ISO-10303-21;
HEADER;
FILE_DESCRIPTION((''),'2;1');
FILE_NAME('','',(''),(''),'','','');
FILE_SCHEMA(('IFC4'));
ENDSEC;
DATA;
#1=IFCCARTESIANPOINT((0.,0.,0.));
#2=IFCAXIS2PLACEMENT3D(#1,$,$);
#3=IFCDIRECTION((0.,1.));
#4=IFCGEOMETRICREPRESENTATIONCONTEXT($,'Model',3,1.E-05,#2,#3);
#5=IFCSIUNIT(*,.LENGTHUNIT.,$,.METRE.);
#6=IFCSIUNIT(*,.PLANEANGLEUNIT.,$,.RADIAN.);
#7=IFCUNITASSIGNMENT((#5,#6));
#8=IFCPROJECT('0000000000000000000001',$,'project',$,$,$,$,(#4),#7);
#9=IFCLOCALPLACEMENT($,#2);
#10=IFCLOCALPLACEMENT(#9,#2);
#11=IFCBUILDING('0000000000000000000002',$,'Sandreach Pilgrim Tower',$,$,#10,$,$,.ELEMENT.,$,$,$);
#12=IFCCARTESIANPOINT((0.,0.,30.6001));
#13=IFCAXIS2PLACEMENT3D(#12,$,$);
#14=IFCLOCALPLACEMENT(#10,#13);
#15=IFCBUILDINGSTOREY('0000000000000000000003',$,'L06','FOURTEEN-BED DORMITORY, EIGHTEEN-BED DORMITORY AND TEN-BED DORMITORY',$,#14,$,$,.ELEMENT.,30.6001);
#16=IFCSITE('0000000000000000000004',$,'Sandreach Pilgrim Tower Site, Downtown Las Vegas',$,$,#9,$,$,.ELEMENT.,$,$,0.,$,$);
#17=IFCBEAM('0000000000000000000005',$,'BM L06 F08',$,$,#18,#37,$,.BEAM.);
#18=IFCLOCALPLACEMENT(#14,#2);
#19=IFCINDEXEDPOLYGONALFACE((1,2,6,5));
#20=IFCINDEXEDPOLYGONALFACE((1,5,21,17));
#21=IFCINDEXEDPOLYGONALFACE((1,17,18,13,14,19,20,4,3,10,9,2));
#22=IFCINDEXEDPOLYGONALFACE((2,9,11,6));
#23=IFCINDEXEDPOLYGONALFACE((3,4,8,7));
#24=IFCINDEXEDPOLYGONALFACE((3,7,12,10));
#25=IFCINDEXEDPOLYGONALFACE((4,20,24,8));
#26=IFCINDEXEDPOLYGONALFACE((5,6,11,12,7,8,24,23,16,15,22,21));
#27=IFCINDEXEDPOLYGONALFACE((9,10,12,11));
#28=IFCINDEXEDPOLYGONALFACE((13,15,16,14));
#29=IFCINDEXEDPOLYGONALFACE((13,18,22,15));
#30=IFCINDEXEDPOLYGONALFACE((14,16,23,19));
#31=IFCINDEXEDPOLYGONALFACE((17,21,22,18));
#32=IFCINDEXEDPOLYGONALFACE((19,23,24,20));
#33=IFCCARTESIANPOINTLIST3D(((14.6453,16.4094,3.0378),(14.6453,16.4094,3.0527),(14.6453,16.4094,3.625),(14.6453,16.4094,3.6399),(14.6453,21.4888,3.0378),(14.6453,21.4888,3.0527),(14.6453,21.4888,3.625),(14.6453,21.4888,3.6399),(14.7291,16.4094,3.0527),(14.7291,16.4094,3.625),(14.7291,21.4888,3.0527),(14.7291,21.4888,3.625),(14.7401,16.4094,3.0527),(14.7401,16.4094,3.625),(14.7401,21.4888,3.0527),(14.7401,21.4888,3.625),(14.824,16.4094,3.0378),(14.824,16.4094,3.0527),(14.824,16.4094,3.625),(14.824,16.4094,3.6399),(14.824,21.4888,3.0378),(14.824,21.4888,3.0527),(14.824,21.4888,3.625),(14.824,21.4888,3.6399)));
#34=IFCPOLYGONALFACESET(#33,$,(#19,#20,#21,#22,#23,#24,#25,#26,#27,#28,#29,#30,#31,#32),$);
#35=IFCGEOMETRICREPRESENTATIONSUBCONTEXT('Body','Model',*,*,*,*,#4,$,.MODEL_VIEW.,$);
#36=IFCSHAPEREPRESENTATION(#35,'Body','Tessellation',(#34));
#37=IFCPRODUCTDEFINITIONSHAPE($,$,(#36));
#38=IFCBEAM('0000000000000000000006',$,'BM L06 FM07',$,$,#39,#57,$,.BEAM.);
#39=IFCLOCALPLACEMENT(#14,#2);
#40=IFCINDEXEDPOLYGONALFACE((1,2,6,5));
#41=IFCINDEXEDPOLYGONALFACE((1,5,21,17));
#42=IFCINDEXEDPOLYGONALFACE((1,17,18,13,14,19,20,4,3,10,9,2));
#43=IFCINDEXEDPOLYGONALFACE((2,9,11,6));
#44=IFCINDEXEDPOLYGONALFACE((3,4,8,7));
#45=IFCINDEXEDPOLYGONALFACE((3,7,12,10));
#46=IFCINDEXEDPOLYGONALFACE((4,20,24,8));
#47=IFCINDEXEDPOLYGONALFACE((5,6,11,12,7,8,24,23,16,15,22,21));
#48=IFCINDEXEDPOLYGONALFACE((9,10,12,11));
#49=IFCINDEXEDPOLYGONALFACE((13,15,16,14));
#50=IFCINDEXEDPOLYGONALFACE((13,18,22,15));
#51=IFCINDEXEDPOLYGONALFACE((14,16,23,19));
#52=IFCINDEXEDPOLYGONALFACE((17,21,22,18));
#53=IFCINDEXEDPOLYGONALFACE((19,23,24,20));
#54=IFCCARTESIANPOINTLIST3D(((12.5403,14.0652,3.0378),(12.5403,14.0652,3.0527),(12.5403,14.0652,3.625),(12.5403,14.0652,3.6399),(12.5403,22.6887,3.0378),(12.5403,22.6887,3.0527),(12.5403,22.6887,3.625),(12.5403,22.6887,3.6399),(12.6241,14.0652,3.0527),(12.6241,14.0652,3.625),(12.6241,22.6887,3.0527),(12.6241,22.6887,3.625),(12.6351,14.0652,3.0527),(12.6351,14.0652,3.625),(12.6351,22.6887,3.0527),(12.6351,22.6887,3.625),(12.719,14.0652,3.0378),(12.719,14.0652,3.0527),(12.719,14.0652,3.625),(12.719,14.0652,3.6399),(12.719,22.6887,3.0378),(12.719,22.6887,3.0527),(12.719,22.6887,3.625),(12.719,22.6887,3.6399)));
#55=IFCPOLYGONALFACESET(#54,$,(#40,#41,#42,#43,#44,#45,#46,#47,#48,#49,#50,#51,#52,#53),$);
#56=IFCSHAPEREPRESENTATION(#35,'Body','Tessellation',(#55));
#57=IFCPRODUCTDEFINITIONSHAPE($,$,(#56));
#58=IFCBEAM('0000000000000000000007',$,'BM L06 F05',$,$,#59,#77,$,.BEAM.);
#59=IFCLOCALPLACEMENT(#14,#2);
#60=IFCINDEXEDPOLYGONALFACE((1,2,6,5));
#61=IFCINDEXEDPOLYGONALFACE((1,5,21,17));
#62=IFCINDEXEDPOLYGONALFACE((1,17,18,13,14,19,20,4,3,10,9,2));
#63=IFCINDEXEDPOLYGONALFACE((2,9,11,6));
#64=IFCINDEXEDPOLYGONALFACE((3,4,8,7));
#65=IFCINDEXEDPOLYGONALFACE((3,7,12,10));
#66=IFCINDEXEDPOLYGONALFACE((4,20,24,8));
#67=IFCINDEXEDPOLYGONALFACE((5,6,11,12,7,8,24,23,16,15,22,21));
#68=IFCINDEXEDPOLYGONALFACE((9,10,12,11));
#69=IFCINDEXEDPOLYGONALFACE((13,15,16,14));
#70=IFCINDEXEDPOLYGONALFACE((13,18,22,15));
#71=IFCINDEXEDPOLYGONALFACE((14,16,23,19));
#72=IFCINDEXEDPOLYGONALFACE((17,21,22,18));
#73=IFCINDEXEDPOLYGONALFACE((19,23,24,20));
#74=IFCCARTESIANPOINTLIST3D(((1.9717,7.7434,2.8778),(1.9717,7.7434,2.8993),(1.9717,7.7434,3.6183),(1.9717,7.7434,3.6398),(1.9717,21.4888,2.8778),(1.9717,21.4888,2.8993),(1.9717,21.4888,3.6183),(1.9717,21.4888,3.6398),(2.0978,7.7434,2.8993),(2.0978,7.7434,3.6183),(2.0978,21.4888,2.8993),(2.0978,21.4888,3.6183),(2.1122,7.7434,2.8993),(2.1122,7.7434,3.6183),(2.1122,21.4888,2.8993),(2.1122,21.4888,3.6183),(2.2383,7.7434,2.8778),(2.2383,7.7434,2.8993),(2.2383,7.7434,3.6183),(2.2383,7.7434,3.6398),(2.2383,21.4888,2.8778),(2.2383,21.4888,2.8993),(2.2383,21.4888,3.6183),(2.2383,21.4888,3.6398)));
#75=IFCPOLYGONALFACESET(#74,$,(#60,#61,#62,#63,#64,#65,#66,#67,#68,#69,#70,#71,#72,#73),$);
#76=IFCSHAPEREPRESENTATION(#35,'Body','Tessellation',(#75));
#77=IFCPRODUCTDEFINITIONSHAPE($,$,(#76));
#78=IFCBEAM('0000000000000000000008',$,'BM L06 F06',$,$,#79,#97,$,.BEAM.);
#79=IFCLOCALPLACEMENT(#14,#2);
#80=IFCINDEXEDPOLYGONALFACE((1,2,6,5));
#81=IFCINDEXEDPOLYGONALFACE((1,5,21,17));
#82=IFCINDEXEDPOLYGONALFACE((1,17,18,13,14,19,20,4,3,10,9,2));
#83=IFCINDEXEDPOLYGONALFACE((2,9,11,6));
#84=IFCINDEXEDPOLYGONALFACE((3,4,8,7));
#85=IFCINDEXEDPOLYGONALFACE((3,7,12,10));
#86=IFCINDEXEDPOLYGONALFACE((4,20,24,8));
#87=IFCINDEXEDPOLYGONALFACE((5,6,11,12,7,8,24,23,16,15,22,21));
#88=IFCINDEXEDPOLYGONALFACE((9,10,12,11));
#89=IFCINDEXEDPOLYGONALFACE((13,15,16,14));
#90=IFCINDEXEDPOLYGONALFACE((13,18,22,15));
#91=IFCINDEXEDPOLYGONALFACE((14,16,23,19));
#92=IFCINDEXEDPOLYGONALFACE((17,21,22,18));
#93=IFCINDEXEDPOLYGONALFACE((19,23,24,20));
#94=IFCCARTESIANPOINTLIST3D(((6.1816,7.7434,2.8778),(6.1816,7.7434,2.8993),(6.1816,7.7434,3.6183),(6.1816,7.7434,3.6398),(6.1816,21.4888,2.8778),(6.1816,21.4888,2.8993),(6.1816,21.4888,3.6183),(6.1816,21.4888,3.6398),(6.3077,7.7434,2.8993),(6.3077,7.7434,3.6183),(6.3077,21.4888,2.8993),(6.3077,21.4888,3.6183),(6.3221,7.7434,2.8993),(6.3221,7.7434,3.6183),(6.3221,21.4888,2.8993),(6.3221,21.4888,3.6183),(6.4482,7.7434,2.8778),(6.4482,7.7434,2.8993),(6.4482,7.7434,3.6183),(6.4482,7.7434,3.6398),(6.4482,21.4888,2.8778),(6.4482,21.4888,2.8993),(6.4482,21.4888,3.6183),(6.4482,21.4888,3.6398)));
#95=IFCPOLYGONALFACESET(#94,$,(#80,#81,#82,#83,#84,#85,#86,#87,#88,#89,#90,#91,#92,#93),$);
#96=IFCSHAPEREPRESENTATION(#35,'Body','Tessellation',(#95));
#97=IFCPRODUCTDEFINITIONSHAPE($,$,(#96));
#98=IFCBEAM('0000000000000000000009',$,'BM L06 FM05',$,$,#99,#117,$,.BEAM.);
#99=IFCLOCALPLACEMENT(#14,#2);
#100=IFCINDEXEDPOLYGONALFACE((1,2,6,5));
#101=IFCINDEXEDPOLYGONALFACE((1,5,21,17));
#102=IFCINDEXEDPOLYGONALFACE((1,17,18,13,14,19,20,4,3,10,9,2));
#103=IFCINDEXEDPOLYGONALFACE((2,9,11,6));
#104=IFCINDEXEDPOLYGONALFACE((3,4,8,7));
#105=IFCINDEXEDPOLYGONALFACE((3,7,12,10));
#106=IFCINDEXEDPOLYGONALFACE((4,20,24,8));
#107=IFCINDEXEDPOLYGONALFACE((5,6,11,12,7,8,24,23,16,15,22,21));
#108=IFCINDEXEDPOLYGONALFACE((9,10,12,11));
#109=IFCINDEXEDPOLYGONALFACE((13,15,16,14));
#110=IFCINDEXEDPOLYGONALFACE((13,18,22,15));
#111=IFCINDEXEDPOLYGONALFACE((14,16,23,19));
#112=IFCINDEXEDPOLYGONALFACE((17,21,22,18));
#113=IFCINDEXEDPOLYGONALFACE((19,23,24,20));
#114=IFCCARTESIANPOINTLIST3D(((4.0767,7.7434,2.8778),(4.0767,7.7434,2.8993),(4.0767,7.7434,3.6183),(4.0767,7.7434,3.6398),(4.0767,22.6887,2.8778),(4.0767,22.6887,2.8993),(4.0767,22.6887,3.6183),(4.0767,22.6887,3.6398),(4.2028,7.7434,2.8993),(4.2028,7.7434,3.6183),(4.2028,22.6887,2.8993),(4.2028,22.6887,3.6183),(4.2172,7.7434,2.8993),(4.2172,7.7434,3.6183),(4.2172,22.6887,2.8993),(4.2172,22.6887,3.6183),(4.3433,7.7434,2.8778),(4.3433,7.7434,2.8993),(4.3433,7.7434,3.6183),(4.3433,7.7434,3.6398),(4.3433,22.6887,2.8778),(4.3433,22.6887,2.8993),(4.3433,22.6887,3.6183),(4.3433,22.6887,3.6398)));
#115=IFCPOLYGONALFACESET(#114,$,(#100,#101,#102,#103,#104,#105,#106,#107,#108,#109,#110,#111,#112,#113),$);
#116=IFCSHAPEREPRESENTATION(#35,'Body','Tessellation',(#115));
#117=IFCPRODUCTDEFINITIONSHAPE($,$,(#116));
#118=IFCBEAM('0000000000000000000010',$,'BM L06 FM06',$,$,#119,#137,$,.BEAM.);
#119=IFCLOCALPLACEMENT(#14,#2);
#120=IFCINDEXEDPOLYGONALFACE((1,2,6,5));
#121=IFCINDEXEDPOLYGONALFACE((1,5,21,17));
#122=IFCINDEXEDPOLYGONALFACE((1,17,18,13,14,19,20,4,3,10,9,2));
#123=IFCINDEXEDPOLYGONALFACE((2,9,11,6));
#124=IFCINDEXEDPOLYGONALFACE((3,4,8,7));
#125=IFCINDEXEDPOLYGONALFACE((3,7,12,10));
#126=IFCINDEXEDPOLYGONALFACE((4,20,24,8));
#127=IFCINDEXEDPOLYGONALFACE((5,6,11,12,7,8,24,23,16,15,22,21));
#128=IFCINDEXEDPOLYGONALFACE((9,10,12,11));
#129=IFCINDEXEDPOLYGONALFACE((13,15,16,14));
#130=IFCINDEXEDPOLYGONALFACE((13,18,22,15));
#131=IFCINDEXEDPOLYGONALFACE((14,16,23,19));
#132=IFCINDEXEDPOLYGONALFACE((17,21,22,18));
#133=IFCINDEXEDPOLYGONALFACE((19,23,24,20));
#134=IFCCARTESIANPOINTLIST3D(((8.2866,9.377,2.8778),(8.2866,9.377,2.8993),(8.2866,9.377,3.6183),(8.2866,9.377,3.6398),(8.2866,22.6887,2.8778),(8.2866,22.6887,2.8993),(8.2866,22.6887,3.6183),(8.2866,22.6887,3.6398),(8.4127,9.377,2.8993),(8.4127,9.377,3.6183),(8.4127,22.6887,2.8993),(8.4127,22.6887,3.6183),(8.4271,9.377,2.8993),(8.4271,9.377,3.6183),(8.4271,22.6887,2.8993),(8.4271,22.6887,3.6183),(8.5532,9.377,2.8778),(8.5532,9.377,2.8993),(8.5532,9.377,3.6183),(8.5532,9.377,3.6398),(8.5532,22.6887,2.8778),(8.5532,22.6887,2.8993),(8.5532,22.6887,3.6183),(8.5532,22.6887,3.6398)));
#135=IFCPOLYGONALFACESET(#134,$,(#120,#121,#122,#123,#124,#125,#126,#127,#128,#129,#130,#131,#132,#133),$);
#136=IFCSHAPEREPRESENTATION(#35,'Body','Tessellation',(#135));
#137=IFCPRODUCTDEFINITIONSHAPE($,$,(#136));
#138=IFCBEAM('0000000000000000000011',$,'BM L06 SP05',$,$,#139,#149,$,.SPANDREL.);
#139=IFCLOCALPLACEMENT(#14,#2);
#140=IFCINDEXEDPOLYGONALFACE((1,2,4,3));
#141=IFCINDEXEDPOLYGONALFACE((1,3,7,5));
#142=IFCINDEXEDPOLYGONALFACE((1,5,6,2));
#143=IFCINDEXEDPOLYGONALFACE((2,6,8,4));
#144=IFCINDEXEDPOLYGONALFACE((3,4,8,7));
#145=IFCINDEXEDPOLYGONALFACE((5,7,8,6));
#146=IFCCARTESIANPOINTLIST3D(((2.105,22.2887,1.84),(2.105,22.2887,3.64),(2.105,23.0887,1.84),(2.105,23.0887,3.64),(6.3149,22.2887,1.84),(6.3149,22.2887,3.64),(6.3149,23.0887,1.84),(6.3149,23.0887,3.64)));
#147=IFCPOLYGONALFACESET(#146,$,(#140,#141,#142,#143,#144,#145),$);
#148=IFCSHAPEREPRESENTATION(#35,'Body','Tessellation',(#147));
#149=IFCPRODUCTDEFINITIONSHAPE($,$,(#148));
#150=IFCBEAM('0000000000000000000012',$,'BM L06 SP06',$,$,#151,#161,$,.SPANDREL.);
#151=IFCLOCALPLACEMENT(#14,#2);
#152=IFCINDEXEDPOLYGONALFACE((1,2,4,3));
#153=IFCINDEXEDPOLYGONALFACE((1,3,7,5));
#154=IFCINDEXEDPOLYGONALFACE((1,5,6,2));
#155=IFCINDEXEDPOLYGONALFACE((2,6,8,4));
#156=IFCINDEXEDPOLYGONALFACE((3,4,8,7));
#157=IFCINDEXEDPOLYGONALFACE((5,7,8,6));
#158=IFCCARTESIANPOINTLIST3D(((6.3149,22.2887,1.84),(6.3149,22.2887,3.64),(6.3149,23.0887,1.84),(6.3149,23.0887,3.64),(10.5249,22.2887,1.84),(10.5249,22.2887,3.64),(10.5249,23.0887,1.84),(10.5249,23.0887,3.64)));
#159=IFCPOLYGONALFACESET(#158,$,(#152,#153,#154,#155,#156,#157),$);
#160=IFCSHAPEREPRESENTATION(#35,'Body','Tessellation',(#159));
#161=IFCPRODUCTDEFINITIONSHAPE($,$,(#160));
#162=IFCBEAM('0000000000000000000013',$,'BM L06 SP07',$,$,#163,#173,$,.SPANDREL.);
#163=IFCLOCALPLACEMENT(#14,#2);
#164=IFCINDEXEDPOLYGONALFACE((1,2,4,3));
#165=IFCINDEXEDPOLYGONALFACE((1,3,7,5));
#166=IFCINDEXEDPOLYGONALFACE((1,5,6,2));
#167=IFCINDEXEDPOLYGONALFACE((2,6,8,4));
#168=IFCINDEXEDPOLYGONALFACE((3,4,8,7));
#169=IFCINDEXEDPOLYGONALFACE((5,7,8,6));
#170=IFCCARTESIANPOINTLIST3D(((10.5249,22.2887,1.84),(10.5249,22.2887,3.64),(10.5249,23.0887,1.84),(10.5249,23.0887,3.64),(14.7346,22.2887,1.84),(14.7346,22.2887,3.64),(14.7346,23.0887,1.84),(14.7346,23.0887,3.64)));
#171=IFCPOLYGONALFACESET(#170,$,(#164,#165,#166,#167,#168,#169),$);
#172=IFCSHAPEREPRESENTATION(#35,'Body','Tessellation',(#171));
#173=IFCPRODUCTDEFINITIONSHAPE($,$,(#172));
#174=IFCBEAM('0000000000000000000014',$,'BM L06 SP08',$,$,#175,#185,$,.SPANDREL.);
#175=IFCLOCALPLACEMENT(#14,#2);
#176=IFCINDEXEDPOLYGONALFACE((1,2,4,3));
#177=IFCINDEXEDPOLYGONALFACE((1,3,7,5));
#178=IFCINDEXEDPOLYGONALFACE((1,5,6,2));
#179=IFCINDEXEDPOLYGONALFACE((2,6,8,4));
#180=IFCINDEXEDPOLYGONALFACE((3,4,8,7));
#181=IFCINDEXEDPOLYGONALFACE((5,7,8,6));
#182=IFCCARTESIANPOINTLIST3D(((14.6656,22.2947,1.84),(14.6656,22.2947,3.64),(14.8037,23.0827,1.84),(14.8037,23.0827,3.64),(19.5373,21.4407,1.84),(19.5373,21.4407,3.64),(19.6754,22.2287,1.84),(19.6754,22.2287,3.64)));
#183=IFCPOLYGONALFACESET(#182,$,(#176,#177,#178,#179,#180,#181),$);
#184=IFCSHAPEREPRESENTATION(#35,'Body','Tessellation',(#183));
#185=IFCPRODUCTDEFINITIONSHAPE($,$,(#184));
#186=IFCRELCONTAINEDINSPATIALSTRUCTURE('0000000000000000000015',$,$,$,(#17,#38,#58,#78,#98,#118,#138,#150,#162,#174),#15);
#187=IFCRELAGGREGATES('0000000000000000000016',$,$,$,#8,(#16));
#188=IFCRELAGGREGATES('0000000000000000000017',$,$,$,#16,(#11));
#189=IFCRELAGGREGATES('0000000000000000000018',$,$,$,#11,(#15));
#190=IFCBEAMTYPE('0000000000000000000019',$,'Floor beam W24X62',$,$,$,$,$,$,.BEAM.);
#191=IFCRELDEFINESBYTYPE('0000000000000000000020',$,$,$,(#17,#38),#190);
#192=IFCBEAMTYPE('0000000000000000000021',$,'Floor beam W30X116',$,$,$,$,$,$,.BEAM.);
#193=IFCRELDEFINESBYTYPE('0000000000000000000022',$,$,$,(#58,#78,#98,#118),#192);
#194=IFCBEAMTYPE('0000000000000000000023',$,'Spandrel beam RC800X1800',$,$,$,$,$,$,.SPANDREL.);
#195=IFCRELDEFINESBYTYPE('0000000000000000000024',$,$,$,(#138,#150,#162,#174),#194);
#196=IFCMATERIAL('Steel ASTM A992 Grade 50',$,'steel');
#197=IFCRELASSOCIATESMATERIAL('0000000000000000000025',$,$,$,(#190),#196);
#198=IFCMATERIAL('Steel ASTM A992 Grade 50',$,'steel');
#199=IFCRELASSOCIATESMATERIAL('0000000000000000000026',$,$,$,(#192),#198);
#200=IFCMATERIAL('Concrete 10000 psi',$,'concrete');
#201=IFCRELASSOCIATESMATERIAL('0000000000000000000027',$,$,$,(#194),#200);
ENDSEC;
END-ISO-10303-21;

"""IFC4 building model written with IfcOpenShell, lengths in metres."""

from ifc_helpers import new_model, si_unit, direction, frame, origin, origin_2d, place, context, subcontext, project, spatial, rectangle, i_section, extrude, material, material_profile, profile_set, type_object, element, save


model = new_model("IFC4")

# Units and contexts
model_context = context("Model", 3, precision=1e-05, world=origin(), true_north=direction((0.0, 1.0)))
body_context = subcontext(model_context, "Body", "Model", "MODEL_VIEW")
ifc_project = project(units=[si_unit("LENGTHUNIT", "METRE"), si_unit("PLANEANGLEUNIT", "RADIAN")], contexts=[model_context])

# Site, building, storey
site_placement = place(None, origin())
site = spatial("IfcSite", under=ifc_project, at=site_placement, Name="Sandreach Pilgrim Tower Site, Downtown Las Vegas", CompositionType="ELEMENT", RefElevation=0.0)
building_placement = place(site_placement, origin())
building = spatial("IfcBuilding", under=site, at=building_placement, Name="Sandreach Pilgrim Tower", CompositionType="ELEMENT")
storey_placement = place(building_placement, frame((0.0, 0.0, 30.6001)))
storey = spatial("IfcBuildingStorey", under=building, at=storey_placement, Name="L06", Description="FOURTEEN-BED DORMITORY, EIGHTEEN-BED DORMITORY AND TEN-BED DORMITORY", CompositionType="ELEMENT", Elevation=30.6001)

# Beams
ifc_material_1 = material(Name="Steel ASTM A992 Grade 50", Category="steel")
ifc_material_profile_1 = material_profile(ifc_material_1, i_section(OverallWidth=0.1787, OverallDepth=0.6021, WebThickness=0.011, FlangeThickness=0.0149, at=origin_2d()), Name="W24X62")
ifc_profile_set_1 = profile_set([ifc_material_profile_1], Name="Steel ASTM A992 Grade 50")
beam_type_1 = type_object("IfcBeamType", Name="Floor beam W24X62", PredefinedType="BEAM", material=ifc_profile_set_1)
beam_1_placement = place(storey_placement, frame((14.7346, 21.4888, 3.3389), z_axis=(0.0, -1.0, 0.0), x_axis=(1.0, 0.0, 0.0)))
element("IfcBeam", 1, at=beam_1_placement, inside=storey, type_object=beam_type_1, Name="BM L06 F08", PredefinedType="BEAM", context=body_context, shape_type="SweptSolid", body=[
    extrude(i_section(OverallWidth=0.1787, OverallDepth=0.6021, WebThickness=0.011, FlangeThickness=0.0149, at=origin_2d()), origin(), (0.0, 0.0, 1.0), 5.0793),
])
beam_2_placement = place(storey_placement, frame((12.6296, 22.6887, 3.3389), z_axis=(0.0, -1.0, 0.0), x_axis=(1.0, 0.0, 0.0)))
element("IfcBeam", 2, at=beam_2_placement, inside=storey, type_object=beam_type_1, Name="BM L06 FM07", PredefinedType="BEAM", context=body_context, shape_type="SweptSolid", body=[
    extrude(i_section(OverallWidth=0.1787, OverallDepth=0.6021, WebThickness=0.011, FlangeThickness=0.0149, at=origin_2d()), origin(), (0.0, 0.0, 1.0), 8.6235),
])
ifc_material_2 = material(Name="Steel ASTM A992 Grade 50", Category="steel")
ifc_material_profile_2 = material_profile(ifc_material_2, i_section(OverallWidth=0.2666, OverallDepth=0.762, WebThickness=0.0144, FlangeThickness=0.0215, at=origin_2d()), Name="W30X116")
ifc_profile_set_2 = profile_set([ifc_material_profile_2], Name="Steel ASTM A992 Grade 50")
beam_type_2 = type_object("IfcBeamType", Name="Floor beam W30X116", PredefinedType="BEAM", material=ifc_profile_set_2)
for number, where, z_axis, x_axis, name in (
    (3, (2.105, 21.4888, 3.2588), (0.0, -1.0, 0.0), (1.0, 0.0, 0.0), "BM L06 F05"),
    (4, (6.3149, 21.4888, 3.2588), (0.0, -1.0, 0.0), (1.0, 0.0, 0.0), "BM L06 F06"),
):
    element("IfcBeam", number, at=place(storey_placement, frame(where, z_axis=z_axis, x_axis=x_axis)), inside=storey, type_object=beam_type_2, Name=name, PredefinedType="BEAM", context=body_context, shape_type="SweptSolid", body=[
        extrude(i_section(OverallWidth=0.2666, OverallDepth=0.762, WebThickness=0.0144, FlangeThickness=0.0215, at=origin_2d()), origin(), (0.0, 0.0, 1.0), 13.7454),
    ])
beam_3_placement = place(storey_placement, frame((4.21, 22.6887, 3.2588), z_axis=(0.0, -1.0, 0.0), x_axis=(1.0, 0.0, 0.0)))
element("IfcBeam", 5, at=beam_3_placement, inside=storey, type_object=beam_type_2, Name="BM L06 FM05", PredefinedType="BEAM", context=body_context, shape_type="SweptSolid", body=[
    extrude(i_section(OverallWidth=0.2666, OverallDepth=0.762, WebThickness=0.0144, FlangeThickness=0.0215, at=origin_2d()), origin(), (0.0, 0.0, 1.0), 14.9453),
])
beam_4_placement = place(storey_placement, frame((8.4199, 22.6887, 3.2588), z_axis=(0.0, -1.0, 0.0), x_axis=(1.0, 0.0, 0.0)))
element("IfcBeam", 6, at=beam_4_placement, inside=storey, type_object=beam_type_2, Name="BM L06 FM06", PredefinedType="BEAM", context=body_context, shape_type="SweptSolid", body=[
    extrude(i_section(OverallWidth=0.2666, OverallDepth=0.762, WebThickness=0.0144, FlangeThickness=0.0215, at=origin_2d()), origin(), (0.0, 0.0, 1.0), 13.3118),
])
ifc_material_3 = material(Name="Concrete 10000 psi", Category="concrete")
ifc_material_profile_3 = material_profile(ifc_material_3, rectangle(XDim=0.8, YDim=1.8, at=origin_2d()), Name="RC800X1800")
ifc_profile_set_3 = profile_set([ifc_material_profile_3], Name="Concrete 10000 psi")
beam_type_3 = type_object("IfcBeamType", Name="Spandrel beam RC800X1800", PredefinedType="SPANDREL", material=ifc_profile_set_3)
for number, where, z_axis, x_axis, name in (
    (7, (2.105, 22.6887, 2.74), (1.0, 0.0, 0.0), (0.0, 1.0, 0.0), "BM L06 SP05"),
    (8, (6.3149, 22.6887, 2.74), (1.0, 0.0, 0.0), (0.0, 1.0, 0.0), "BM L06 SP06"),
):
    element("IfcBeam", number, at=place(storey_placement, frame(where, z_axis=z_axis, x_axis=x_axis)), inside=storey, type_object=beam_type_3, Name=name, PredefinedType="SPANDREL", context=body_context, shape_type="SweptSolid", body=[
        extrude(rectangle(XDim=0.8, YDim=1.8, at=origin_2d()), origin(), (0.0, 0.0, 1.0), 4.21),
    ])
beam_5_placement = place(storey_placement, frame((10.5249, 22.6887, 2.74), z_axis=(1.0, 0.0, 0.0), x_axis=(0.0, 1.0, 0.0)))
element("IfcBeam", 9, at=beam_5_placement, inside=storey, type_object=beam_type_3, Name="BM L06 SP07", PredefinedType="SPANDREL", context=body_context, shape_type="SweptSolid", body=[
    extrude(rectangle(XDim=0.8, YDim=1.8, at=origin_2d()), origin(), (0.0, 0.0, 1.0), 4.2097),
])
beam_6_placement = place(storey_placement, frame((14.7346, 22.6887, 2.74), z_axis=(0.984981, -0.172662, 0.0), x_axis=(0.172662, 0.984981, 0.0)))
element("IfcBeam", 10, at=beam_6_placement, inside=storey, type_object=beam_type_3, Name="BM L06 SP08", PredefinedType="SPANDREL", context=body_context, shape_type="SweptSolid", body=[
    extrude(rectangle(XDim=0.8, YDim=1.8, at=origin_2d()), origin(), (0.0, 0.0, 1.0), 4.946),
])

save(model, "model.ifc")
